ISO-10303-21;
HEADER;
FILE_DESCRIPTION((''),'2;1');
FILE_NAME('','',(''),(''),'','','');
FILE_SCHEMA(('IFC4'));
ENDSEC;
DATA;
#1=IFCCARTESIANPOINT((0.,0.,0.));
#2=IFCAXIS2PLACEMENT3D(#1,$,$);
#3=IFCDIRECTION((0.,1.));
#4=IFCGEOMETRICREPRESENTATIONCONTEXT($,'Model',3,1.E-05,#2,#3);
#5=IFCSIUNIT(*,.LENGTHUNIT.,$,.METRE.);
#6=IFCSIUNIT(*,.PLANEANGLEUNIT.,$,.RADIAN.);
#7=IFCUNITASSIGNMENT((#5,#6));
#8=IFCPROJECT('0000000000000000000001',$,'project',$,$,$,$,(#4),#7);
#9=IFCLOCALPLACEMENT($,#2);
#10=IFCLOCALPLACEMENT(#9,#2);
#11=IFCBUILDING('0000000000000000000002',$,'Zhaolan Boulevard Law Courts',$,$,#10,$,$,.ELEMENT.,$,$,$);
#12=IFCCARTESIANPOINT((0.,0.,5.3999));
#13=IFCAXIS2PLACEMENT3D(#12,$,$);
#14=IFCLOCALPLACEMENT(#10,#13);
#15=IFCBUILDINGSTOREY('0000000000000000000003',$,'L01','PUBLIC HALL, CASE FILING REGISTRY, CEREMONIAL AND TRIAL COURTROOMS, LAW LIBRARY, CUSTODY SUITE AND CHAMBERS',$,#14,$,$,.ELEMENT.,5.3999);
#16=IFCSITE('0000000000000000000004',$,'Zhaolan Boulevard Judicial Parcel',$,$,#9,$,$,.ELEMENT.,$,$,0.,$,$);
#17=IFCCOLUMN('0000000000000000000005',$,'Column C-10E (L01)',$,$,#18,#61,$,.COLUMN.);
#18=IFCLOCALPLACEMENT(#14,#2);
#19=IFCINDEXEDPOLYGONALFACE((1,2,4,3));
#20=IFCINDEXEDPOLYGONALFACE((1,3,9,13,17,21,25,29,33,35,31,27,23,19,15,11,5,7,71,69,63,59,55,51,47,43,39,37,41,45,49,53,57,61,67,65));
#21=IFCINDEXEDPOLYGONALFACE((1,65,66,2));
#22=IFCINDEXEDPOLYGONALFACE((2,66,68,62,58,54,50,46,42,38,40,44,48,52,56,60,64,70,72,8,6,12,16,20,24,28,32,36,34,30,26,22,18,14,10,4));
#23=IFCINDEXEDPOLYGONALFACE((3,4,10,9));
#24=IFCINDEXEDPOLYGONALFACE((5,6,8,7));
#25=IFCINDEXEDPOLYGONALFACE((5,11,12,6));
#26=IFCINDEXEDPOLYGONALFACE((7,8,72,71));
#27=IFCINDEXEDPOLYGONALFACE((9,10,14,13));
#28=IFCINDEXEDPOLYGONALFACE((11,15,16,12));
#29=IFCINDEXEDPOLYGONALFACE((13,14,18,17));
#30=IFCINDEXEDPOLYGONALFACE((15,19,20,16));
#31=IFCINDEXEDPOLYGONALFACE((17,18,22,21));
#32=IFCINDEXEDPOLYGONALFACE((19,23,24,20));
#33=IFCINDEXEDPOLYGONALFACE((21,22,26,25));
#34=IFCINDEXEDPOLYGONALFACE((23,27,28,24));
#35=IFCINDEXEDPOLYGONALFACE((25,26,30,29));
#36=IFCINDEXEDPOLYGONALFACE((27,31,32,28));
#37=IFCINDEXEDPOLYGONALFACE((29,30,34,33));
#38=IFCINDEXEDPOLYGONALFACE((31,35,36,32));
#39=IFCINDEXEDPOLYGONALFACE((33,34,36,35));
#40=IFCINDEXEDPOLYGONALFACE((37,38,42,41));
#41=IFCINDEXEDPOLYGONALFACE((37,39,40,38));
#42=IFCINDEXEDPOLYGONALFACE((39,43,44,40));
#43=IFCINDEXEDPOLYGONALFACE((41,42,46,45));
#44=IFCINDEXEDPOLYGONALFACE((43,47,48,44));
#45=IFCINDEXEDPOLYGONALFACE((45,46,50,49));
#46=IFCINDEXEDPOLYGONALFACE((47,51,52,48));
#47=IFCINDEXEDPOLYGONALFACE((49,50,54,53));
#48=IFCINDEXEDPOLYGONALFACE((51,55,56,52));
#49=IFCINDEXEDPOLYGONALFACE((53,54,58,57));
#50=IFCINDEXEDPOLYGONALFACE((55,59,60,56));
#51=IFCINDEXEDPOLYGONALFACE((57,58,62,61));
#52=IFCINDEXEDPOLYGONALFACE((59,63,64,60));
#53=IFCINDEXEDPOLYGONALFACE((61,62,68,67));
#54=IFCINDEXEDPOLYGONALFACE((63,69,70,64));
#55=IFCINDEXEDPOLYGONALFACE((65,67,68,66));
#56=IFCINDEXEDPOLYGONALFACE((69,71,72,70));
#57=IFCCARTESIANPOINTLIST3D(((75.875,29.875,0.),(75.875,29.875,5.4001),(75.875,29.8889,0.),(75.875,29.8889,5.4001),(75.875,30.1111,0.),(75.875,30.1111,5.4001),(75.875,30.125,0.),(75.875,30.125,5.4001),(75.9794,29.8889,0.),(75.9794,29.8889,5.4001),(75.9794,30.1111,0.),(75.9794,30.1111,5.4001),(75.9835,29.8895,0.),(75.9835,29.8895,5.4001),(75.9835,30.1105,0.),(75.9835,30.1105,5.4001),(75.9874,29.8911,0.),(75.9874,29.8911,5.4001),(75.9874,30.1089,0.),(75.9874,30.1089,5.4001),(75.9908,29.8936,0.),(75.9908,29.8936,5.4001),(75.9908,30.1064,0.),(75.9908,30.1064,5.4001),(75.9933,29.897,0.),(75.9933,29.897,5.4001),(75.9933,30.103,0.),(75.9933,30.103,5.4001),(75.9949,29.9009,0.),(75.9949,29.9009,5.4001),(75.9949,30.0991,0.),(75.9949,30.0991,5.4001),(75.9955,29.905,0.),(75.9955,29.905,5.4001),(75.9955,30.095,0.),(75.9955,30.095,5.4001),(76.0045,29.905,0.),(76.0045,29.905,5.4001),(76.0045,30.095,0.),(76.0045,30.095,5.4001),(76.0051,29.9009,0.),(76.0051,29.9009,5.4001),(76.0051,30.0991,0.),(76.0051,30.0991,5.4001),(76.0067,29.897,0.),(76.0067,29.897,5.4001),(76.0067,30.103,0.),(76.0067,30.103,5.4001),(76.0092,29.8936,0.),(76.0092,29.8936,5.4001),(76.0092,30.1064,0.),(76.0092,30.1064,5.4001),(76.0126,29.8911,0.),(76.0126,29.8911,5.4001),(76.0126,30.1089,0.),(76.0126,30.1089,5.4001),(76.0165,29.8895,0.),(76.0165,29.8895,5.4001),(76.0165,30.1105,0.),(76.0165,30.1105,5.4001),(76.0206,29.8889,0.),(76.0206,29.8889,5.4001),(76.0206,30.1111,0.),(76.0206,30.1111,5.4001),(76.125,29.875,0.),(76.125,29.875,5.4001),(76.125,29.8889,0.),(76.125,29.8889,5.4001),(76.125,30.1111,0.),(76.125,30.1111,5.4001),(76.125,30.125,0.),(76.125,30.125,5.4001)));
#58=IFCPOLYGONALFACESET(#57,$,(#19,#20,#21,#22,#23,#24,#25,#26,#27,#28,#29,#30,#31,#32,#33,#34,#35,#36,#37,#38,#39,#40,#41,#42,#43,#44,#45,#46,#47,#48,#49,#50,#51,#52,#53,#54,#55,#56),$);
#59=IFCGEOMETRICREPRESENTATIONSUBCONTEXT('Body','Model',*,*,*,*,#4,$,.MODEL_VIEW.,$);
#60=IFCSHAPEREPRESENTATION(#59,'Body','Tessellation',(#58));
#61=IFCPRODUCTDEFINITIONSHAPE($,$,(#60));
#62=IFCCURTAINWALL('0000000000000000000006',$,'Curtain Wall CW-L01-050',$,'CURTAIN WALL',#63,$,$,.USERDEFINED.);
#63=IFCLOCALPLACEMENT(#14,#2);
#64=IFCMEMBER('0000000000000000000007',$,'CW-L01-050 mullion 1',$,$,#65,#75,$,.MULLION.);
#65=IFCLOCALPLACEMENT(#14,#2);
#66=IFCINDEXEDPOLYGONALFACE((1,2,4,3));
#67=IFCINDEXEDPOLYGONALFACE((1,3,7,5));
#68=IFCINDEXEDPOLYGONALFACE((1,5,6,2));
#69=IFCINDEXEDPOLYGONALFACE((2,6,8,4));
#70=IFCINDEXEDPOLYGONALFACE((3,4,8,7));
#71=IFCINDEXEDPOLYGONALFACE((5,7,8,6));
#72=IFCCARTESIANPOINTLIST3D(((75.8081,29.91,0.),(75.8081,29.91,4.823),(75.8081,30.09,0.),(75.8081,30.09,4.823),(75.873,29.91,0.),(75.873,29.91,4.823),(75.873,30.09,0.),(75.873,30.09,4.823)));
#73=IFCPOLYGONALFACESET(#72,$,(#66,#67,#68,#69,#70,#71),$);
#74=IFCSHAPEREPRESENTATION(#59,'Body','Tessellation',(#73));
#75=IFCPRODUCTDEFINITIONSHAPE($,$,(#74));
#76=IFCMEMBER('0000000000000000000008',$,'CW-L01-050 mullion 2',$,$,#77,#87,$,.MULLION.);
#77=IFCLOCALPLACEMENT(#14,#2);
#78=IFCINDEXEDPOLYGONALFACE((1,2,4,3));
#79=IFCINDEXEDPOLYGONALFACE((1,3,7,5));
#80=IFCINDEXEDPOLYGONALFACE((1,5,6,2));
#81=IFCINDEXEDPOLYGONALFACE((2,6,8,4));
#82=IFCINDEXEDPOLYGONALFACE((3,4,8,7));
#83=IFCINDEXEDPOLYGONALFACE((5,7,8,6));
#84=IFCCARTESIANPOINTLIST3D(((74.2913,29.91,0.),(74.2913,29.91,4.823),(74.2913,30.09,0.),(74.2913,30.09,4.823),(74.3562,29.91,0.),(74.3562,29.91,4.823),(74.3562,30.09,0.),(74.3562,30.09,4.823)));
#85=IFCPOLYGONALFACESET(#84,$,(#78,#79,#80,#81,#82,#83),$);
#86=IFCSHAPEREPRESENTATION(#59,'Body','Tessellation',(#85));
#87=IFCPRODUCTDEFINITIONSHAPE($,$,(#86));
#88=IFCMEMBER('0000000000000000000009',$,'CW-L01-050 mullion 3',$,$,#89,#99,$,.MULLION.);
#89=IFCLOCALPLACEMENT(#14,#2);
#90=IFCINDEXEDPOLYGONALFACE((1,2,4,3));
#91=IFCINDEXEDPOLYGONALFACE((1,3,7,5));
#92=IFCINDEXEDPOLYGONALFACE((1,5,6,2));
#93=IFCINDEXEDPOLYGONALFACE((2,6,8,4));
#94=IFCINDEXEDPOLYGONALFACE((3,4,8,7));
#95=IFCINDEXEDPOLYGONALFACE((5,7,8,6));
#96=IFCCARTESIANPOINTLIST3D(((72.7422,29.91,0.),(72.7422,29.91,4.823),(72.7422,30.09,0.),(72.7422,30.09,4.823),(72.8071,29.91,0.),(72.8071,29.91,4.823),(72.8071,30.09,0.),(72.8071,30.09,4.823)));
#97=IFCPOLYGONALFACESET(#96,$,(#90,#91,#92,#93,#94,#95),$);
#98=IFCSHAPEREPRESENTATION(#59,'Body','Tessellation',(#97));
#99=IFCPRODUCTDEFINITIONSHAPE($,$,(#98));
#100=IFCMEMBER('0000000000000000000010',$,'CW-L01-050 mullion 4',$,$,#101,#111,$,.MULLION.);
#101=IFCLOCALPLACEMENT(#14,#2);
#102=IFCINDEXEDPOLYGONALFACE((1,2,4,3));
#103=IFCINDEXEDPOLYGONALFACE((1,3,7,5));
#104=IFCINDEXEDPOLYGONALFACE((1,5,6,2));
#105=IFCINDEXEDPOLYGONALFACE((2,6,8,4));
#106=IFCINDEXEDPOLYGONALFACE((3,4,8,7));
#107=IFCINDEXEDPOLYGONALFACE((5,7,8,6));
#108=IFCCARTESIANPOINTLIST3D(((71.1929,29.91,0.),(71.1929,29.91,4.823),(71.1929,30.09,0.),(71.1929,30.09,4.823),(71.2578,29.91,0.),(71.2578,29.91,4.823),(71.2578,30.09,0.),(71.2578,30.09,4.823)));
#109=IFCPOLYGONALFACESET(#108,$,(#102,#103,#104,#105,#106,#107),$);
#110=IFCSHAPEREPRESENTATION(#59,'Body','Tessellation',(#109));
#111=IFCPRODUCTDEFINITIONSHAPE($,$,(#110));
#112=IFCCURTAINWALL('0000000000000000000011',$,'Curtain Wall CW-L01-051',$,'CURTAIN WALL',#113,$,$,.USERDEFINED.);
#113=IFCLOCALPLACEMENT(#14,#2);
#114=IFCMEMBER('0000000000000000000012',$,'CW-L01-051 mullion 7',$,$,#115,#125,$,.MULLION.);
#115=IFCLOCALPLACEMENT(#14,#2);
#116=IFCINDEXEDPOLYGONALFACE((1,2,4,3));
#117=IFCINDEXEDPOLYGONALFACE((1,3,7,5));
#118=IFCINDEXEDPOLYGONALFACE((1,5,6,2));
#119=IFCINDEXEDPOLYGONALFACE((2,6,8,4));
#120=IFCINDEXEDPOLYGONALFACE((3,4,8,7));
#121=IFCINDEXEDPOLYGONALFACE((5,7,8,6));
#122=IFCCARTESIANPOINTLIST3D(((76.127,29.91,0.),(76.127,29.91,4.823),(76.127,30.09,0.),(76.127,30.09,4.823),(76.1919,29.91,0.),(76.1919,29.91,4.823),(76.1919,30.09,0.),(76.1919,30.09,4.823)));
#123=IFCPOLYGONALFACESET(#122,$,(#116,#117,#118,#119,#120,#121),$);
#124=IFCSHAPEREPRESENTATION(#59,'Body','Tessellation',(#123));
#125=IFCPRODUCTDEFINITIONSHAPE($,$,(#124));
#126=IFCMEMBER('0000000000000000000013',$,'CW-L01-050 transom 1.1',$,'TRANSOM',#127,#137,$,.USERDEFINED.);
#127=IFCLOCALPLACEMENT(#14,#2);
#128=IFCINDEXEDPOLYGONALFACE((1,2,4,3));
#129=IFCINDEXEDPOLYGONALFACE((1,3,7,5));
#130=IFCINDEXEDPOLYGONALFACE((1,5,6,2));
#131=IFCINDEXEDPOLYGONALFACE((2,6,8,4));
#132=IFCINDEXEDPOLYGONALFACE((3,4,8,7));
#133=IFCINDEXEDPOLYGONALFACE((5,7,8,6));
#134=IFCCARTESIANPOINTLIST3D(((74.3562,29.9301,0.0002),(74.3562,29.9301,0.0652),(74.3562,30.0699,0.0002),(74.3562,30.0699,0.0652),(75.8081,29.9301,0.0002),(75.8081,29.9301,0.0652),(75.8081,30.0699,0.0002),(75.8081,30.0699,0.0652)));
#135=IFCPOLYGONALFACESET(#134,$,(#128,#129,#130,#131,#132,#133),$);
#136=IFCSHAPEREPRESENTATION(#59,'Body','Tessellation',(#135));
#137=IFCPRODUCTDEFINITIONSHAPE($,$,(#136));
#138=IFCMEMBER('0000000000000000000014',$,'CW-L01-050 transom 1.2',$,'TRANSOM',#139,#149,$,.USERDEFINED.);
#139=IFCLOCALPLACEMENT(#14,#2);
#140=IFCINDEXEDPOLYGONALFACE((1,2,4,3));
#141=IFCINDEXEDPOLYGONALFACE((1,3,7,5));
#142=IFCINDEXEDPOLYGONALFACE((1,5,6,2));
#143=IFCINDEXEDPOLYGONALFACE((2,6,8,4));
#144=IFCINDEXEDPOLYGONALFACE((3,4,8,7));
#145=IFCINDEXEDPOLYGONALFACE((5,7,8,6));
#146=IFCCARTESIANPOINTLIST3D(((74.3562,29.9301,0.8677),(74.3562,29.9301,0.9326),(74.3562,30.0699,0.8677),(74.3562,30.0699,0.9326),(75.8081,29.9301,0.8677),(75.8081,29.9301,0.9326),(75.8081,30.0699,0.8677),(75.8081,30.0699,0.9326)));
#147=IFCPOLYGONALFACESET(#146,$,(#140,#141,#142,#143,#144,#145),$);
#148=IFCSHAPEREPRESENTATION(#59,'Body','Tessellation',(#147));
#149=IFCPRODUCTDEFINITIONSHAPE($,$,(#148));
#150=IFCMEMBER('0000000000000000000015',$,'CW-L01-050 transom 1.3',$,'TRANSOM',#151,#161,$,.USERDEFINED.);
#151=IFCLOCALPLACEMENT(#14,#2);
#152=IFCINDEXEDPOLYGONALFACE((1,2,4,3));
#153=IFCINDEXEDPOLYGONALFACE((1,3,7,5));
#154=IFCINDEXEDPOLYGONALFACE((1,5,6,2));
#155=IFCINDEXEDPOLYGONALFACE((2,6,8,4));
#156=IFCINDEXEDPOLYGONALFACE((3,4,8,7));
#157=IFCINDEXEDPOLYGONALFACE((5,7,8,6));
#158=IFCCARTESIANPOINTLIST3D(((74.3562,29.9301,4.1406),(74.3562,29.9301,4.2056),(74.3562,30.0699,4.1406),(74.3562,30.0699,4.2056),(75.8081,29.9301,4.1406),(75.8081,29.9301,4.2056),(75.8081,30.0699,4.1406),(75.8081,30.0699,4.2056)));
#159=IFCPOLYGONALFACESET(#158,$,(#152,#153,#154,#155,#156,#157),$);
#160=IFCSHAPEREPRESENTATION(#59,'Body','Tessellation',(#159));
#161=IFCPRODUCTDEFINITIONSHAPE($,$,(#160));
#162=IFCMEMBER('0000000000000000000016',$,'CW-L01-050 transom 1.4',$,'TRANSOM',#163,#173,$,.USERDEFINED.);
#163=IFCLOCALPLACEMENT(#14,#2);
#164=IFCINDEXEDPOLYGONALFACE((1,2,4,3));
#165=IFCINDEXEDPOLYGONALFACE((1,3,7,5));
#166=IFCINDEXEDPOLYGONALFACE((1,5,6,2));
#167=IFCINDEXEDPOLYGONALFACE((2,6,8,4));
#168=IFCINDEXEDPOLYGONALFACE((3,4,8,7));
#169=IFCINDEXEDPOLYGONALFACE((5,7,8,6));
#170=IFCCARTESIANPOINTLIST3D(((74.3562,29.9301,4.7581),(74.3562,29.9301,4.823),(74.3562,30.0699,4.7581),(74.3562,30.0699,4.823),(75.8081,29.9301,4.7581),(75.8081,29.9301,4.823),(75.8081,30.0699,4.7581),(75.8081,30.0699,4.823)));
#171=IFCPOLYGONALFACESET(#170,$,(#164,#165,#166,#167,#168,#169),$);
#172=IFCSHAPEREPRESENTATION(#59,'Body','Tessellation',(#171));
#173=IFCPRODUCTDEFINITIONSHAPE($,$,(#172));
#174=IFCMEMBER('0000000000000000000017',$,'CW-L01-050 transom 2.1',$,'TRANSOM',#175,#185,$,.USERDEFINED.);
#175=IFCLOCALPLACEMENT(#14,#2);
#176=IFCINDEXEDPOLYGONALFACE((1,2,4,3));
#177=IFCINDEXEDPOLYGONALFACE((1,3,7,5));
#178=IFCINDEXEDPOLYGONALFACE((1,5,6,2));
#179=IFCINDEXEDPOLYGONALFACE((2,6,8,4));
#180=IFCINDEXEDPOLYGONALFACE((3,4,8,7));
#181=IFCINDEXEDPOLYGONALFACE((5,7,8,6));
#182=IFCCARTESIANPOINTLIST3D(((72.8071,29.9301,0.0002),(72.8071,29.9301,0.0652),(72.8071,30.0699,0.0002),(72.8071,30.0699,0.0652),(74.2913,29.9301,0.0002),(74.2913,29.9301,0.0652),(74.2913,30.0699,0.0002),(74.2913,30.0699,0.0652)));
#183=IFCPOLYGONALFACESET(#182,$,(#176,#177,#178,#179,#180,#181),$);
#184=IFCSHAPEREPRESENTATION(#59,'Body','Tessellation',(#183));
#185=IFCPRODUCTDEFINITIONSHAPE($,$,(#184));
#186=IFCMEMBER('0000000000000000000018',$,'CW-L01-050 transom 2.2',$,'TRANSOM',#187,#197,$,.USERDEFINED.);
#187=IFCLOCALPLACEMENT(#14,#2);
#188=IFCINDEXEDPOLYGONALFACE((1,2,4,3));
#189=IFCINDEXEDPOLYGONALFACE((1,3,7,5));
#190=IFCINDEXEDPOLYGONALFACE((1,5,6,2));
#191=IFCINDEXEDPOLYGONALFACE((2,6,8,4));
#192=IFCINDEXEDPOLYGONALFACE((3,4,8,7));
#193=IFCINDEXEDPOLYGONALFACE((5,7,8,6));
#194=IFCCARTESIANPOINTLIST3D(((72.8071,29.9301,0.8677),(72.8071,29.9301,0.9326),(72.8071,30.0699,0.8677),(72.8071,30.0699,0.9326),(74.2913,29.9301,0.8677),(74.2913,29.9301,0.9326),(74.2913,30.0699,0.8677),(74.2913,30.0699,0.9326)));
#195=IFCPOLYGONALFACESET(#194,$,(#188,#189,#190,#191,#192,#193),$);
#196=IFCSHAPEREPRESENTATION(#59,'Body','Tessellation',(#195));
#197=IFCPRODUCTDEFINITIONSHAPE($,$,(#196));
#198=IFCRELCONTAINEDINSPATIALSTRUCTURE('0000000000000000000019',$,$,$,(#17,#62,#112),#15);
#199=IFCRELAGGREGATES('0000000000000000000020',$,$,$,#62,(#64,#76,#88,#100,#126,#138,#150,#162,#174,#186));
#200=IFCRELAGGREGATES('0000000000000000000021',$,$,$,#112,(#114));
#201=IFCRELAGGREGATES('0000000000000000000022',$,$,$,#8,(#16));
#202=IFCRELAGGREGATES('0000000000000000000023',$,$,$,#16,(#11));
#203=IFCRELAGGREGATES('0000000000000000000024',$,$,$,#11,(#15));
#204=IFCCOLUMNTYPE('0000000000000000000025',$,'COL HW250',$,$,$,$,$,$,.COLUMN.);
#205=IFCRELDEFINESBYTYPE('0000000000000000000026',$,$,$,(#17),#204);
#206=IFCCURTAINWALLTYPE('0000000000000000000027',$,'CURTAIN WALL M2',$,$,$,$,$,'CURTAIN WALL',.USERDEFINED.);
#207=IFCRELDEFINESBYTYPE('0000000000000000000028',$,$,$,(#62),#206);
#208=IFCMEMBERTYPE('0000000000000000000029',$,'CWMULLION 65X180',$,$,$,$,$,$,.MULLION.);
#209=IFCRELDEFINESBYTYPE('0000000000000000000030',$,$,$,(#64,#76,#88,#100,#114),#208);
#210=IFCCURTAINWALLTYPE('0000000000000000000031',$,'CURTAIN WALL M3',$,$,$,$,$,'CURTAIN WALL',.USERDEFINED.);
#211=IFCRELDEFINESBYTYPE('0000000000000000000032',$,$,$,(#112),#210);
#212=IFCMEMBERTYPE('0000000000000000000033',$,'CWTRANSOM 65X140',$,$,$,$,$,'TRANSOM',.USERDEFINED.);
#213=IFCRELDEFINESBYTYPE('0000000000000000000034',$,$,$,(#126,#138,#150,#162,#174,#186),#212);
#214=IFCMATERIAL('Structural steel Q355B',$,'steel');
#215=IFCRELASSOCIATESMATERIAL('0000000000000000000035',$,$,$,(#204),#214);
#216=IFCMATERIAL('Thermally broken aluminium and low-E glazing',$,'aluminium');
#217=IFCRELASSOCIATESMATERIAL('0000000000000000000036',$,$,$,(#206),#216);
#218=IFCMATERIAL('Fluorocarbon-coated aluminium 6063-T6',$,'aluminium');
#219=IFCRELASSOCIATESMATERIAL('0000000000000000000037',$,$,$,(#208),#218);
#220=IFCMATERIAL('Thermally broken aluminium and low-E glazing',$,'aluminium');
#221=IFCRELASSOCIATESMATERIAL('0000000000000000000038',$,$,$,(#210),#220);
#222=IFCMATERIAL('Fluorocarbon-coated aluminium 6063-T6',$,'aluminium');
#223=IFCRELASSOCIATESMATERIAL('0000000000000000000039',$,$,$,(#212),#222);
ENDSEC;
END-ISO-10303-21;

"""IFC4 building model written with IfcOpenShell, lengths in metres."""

from ifc_helpers import new_model, si_unit, direction, frame, origin, origin_2d, place, context, subcontext, project, spatial, rectangle, i_section, extrude, material, material_profile, profile_set, type_object, element, aggregate, save


model = new_model("IFC4")

# Units and contexts
model_context = context("Model", 3, precision=1e-05, world=origin(), true_north=direction((0.0, 1.0)))
body_context = subcontext(model_context, "Body", "Model", "MODEL_VIEW")
ifc_project = project(units=[si_unit("LENGTHUNIT", "METRE"), si_unit("PLANEANGLEUNIT", "RADIAN")], contexts=[model_context])

# Site, building, storey
site_placement = place(None, origin())
site = spatial("IfcSite", under=ifc_project, at=site_placement, Name="Zhaolan Boulevard Judicial Parcel", CompositionType="ELEMENT", RefElevation=0.0)
building_placement = place(site_placement, origin())
building = spatial("IfcBuilding", under=site, at=building_placement, Name="Zhaolan Boulevard Law Courts", CompositionType="ELEMENT")
storey_placement = place(building_placement, frame((0.0, 0.0, 5.3999)))
storey = spatial("IfcBuildingStorey", under=building, at=storey_placement, Name="L01", Description="PUBLIC HALL, CASE FILING REGISTRY, CEREMONIAL AND TRIAL COURTROOMS, LAW LIBRARY, CUSTODY SUITE AND CHAMBERS", CompositionType="ELEMENT", Elevation=5.3999)

# Column
ifc_material_1 = material(Name="Structural steel Q355B", Category="steel")
ifc_material_profile_1 = material_profile(ifc_material_1, i_section(OverallWidth=0.25, OverallDepth=0.25, WebThickness=0.009, FlangeThickness=0.0139, FilletRadius=0.0161, at=origin_2d()), Name="HW250x250")
ifc_profile_set_1 = profile_set([ifc_material_profile_1], Name="Structural steel Q355B")
column_type = type_object("IfcColumnType", Name="COL HW250", PredefinedType="COLUMN", material=ifc_profile_set_1)
column_placement = place(storey_placement, frame((76.0, 30.0, 0.0), z_axis=(0.0, 0.0, 1.0), x_axis=(1.0, 0.0, 0.0)))
element("IfcColumn", 1, at=column_placement, inside=storey, type_object=column_type, Name="Column C-10E (L01)", PredefinedType="COLUMN", context=body_context, shape_type="SweptSolid", body=[
    extrude(i_section(OverallWidth=0.25, OverallDepth=0.25, WebThickness=0.009, FlangeThickness=0.0139, FilletRadius=0.0161, at=origin_2d()), origin(), (0.0, 0.0, 1.0), 5.4001),
])

# Curtain wall, members
ifc_material_2 = material(Name="Thermally broken aluminium and low-E glazing", Category="aluminium")
curtain_wall_type_1 = type_object("IfcCurtainWallType", Name="CURTAIN WALL M2", ElementType="CURTAIN WALL", PredefinedType="USERDEFINED", material=ifc_material_2)
curtain_wall_1_placement = place(storey_placement, origin())
curtain_wall_1 = element("IfcCurtainWall", 2, at=curtain_wall_1_placement, inside=storey, type_object=curtain_wall_type_1, Name="Curtain Wall CW-L01-050", ObjectType="CURTAIN WALL", PredefinedType="USERDEFINED")
ifc_material_3 = material(Name="Fluorocarbon-coated aluminium 6063-T6", Category="aluminium")
ifc_material_profile_2 = material_profile(ifc_material_3, rectangle(XDim=0.1799, YDim=0.0649, at=origin_2d()), Name="AL65x180")
ifc_profile_set_2 = profile_set([ifc_material_profile_2], Name="Fluorocarbon-coated aluminium 6063-T6")
member_type_1 = type_object("IfcMemberType", Name="CWMULLION 65X180", PredefinedType="MULLION", material=ifc_profile_set_2)
member_1_placement = place(storey_placement, frame((75.8406, 30.0, 0.0), z_axis=(0.0, 0.0, 1.0), x_axis=(0.0, -1.0, 0.0)))
member_1 = element("IfcMember", 3, at=member_1_placement, type_object=member_type_1, Name="CW-L01-050 mullion 1", PredefinedType="MULLION", context=body_context, shape_type="SweptSolid", body=[
    extrude(rectangle(XDim=0.1799, YDim=0.0649, at=origin_2d()), origin(), (0.0, 0.0, 1.0), 4.823),
])
member_2_placement = place(storey_placement, frame((74.3237, 30.0, 0.0), z_axis=(0.0, 0.0, 1.0), x_axis=(0.0, -1.0, 0.0)))
member_2 = element("IfcMember", 4, at=member_2_placement, type_object=member_type_1, Name="CW-L01-050 mullion 2", PredefinedType="MULLION", context=body_context, shape_type="SweptSolid", body=[
    extrude(rectangle(XDim=0.1799, YDim=0.0649, at=origin_2d()), origin(), (0.0, 0.0, 1.0), 4.823),
])
member_3_placement = place(storey_placement, frame((72.7747, 30.0, 0.0), z_axis=(0.0, 0.0, 1.0), x_axis=(0.0, -1.0, 0.0)))
member_3 = element("IfcMember", 5, at=member_3_placement, type_object=member_type_1, Name="CW-L01-050 mullion 3", PredefinedType="MULLION", context=body_context, shape_type="SweptSolid", body=[
    extrude(rectangle(XDim=0.1799, YDim=0.0649, at=origin_2d()), origin(), (0.0, 0.0, 1.0), 4.823),
])
member_4_placement = place(storey_placement, frame((71.2253, 30.0, 0.0), z_axis=(0.0, 0.0, 1.0), x_axis=(0.0, -1.0, 0.0)))
member_4 = element("IfcMember", 6, at=member_4_placement, type_object=member_type_1, Name="CW-L01-050 mullion 4", PredefinedType="MULLION", context=body_context, shape_type="SweptSolid", body=[
    extrude(rectangle(XDim=0.1799, YDim=0.0649, at=origin_2d()), origin(), (0.0, 0.0, 1.0), 4.823),
])

# Curtain wall, member
ifc_material_4 = material(Name="Thermally broken aluminium and low-E glazing", Category="aluminium")
curtain_wall_type_2 = type_object("IfcCurtainWallType", Name="CURTAIN WALL M3", ElementType="CURTAIN WALL", PredefinedType="USERDEFINED", material=ifc_material_4)
curtain_wall_2_placement = place(storey_placement, origin())
curtain_wall_2 = element("IfcCurtainWall", 7, at=curtain_wall_2_placement, inside=storey, type_object=curtain_wall_type_2, Name="Curtain Wall CW-L01-051", ObjectType="CURTAIN WALL", PredefinedType="USERDEFINED")
member_5_placement = place(storey_placement, frame((76.1594, 30.0, 0.0), z_axis=(0.0, 0.0, 1.0), x_axis=(0.0, -1.0, 0.0)))
member_5 = element("IfcMember", 8, at=member_5_placement, type_object=member_type_1, Name="CW-L01-051 mullion 7", PredefinedType="MULLION", context=body_context, shape_type="SweptSolid", body=[
    extrude(rectangle(XDim=0.1799, YDim=0.0649, at=origin_2d()), origin(), (0.0, 0.0, 1.0), 4.823),
])

# Members
ifc_material_5 = material(Name="Fluorocarbon-coated aluminium 6063-T6", Category="aluminium")
ifc_material_profile_3 = material_profile(ifc_material_5, rectangle(XDim=0.1399, YDim=0.0649, at=origin_2d()), Name="AL65x140")
ifc_profile_set_3 = profile_set([ifc_material_profile_3], Name="Fluorocarbon-coated aluminium 6063-T6")
member_type_2 = type_object("IfcMemberType", Name="CWTRANSOM 65X140", ElementType="TRANSOM", PredefinedType="USERDEFINED", material=ifc_profile_set_3)
member_6_placement = place(storey_placement, frame((75.8081, 30.0, 0.0327), z_axis=(-1.0, 0.0, 0.0), x_axis=(0.0, -1.0, 0.0)))
member_6 = element("IfcMember", 9, at=member_6_placement, type_object=member_type_2, Name="CW-L01-050 transom 1.1", ObjectType="TRANSOM", PredefinedType="USERDEFINED", context=body_context, shape_type="SweptSolid", body=[
    extrude(rectangle(XDim=0.1399, YDim=0.0649, at=origin_2d()), origin(), (0.0, 0.0, 1.0), 1.4519),
])
member_7_placement = place(storey_placement, frame((75.8081, 30.0, 0.9001), z_axis=(-1.0, 0.0, 0.0), x_axis=(0.0, -1.0, 0.0)))
member_7 = element("IfcMember", 10, at=member_7_placement, type_object=member_type_2, Name="CW-L01-050 transom 1.2", ObjectType="TRANSOM", PredefinedType="USERDEFINED", context=body_context, shape_type="SweptSolid", body=[
    extrude(rectangle(XDim=0.1399, YDim=0.0649, at=origin_2d()), origin(), (0.0, 0.0, 1.0), 1.4519),
])
member_8_placement = place(storey_placement, frame((75.8081, 30.0, 4.1731), z_axis=(-1.0, 0.0, 0.0), x_axis=(0.0, -1.0, 0.0)))
member_8 = element("IfcMember", 11, at=member_8_placement, type_object=member_type_2, Name="CW-L01-050 transom 1.3", ObjectType="TRANSOM", PredefinedType="USERDEFINED", context=body_context, shape_type="SweptSolid", body=[
    extrude(rectangle(XDim=0.1399, YDim=0.0649, at=origin_2d()), origin(), (0.0, 0.0, 1.0), 1.4519),
])
member_9_placement = place(storey_placement, frame((75.8081, 30.0, 4.7905), z_axis=(-1.0, 0.0, 0.0), x_axis=(0.0, -1.0, 0.0)))
member_9 = element("IfcMember", 12, at=member_9_placement, type_object=member_type_2, Name="CW-L01-050 transom 1.4", ObjectType="TRANSOM", PredefinedType="USERDEFINED", context=body_context, shape_type="SweptSolid", body=[
    extrude(rectangle(XDim=0.1399, YDim=0.0649, at=origin_2d()), origin(), (0.0, 0.0, 1.0), 1.4519),
])
member_10_placement = place(storey_placement, frame((74.2913, 30.0, 0.0327), z_axis=(-1.0, 0.0, 0.0), x_axis=(0.0, -1.0, 0.0)))
member_10 = element("IfcMember", 13, at=member_10_placement, type_object=member_type_2, Name="CW-L01-050 transom 2.1", ObjectType="TRANSOM", PredefinedType="USERDEFINED", context=body_context, shape_type="SweptSolid", body=[
    extrude(rectangle(XDim=0.1399, YDim=0.0649, at=origin_2d()), origin(), (0.0, 0.0, 1.0), 1.4841),
])
member_11_placement = place(storey_placement, frame((74.2913, 30.0, 0.9001), z_axis=(-1.0, 0.0, 0.0), x_axis=(0.0, -1.0, 0.0)))
member_11 = element("IfcMember", 14, at=member_11_placement, type_object=member_type_2, Name="CW-L01-050 transom 2.2", ObjectType="TRANSOM", PredefinedType="USERDEFINED", context=body_context, shape_type="SweptSolid", body=[
    extrude(rectangle(XDim=0.1399, YDim=0.0649, at=origin_2d()), origin(), (0.0, 0.0, 1.0), 1.4841),
])

aggregate(curtain_wall_1, [member_1, member_2, member_3, member_4, member_6, member_7, member_8, member_9, member_10, member_11])
aggregate(curtain_wall_2, [member_5])

save(model, "model.ifc")
